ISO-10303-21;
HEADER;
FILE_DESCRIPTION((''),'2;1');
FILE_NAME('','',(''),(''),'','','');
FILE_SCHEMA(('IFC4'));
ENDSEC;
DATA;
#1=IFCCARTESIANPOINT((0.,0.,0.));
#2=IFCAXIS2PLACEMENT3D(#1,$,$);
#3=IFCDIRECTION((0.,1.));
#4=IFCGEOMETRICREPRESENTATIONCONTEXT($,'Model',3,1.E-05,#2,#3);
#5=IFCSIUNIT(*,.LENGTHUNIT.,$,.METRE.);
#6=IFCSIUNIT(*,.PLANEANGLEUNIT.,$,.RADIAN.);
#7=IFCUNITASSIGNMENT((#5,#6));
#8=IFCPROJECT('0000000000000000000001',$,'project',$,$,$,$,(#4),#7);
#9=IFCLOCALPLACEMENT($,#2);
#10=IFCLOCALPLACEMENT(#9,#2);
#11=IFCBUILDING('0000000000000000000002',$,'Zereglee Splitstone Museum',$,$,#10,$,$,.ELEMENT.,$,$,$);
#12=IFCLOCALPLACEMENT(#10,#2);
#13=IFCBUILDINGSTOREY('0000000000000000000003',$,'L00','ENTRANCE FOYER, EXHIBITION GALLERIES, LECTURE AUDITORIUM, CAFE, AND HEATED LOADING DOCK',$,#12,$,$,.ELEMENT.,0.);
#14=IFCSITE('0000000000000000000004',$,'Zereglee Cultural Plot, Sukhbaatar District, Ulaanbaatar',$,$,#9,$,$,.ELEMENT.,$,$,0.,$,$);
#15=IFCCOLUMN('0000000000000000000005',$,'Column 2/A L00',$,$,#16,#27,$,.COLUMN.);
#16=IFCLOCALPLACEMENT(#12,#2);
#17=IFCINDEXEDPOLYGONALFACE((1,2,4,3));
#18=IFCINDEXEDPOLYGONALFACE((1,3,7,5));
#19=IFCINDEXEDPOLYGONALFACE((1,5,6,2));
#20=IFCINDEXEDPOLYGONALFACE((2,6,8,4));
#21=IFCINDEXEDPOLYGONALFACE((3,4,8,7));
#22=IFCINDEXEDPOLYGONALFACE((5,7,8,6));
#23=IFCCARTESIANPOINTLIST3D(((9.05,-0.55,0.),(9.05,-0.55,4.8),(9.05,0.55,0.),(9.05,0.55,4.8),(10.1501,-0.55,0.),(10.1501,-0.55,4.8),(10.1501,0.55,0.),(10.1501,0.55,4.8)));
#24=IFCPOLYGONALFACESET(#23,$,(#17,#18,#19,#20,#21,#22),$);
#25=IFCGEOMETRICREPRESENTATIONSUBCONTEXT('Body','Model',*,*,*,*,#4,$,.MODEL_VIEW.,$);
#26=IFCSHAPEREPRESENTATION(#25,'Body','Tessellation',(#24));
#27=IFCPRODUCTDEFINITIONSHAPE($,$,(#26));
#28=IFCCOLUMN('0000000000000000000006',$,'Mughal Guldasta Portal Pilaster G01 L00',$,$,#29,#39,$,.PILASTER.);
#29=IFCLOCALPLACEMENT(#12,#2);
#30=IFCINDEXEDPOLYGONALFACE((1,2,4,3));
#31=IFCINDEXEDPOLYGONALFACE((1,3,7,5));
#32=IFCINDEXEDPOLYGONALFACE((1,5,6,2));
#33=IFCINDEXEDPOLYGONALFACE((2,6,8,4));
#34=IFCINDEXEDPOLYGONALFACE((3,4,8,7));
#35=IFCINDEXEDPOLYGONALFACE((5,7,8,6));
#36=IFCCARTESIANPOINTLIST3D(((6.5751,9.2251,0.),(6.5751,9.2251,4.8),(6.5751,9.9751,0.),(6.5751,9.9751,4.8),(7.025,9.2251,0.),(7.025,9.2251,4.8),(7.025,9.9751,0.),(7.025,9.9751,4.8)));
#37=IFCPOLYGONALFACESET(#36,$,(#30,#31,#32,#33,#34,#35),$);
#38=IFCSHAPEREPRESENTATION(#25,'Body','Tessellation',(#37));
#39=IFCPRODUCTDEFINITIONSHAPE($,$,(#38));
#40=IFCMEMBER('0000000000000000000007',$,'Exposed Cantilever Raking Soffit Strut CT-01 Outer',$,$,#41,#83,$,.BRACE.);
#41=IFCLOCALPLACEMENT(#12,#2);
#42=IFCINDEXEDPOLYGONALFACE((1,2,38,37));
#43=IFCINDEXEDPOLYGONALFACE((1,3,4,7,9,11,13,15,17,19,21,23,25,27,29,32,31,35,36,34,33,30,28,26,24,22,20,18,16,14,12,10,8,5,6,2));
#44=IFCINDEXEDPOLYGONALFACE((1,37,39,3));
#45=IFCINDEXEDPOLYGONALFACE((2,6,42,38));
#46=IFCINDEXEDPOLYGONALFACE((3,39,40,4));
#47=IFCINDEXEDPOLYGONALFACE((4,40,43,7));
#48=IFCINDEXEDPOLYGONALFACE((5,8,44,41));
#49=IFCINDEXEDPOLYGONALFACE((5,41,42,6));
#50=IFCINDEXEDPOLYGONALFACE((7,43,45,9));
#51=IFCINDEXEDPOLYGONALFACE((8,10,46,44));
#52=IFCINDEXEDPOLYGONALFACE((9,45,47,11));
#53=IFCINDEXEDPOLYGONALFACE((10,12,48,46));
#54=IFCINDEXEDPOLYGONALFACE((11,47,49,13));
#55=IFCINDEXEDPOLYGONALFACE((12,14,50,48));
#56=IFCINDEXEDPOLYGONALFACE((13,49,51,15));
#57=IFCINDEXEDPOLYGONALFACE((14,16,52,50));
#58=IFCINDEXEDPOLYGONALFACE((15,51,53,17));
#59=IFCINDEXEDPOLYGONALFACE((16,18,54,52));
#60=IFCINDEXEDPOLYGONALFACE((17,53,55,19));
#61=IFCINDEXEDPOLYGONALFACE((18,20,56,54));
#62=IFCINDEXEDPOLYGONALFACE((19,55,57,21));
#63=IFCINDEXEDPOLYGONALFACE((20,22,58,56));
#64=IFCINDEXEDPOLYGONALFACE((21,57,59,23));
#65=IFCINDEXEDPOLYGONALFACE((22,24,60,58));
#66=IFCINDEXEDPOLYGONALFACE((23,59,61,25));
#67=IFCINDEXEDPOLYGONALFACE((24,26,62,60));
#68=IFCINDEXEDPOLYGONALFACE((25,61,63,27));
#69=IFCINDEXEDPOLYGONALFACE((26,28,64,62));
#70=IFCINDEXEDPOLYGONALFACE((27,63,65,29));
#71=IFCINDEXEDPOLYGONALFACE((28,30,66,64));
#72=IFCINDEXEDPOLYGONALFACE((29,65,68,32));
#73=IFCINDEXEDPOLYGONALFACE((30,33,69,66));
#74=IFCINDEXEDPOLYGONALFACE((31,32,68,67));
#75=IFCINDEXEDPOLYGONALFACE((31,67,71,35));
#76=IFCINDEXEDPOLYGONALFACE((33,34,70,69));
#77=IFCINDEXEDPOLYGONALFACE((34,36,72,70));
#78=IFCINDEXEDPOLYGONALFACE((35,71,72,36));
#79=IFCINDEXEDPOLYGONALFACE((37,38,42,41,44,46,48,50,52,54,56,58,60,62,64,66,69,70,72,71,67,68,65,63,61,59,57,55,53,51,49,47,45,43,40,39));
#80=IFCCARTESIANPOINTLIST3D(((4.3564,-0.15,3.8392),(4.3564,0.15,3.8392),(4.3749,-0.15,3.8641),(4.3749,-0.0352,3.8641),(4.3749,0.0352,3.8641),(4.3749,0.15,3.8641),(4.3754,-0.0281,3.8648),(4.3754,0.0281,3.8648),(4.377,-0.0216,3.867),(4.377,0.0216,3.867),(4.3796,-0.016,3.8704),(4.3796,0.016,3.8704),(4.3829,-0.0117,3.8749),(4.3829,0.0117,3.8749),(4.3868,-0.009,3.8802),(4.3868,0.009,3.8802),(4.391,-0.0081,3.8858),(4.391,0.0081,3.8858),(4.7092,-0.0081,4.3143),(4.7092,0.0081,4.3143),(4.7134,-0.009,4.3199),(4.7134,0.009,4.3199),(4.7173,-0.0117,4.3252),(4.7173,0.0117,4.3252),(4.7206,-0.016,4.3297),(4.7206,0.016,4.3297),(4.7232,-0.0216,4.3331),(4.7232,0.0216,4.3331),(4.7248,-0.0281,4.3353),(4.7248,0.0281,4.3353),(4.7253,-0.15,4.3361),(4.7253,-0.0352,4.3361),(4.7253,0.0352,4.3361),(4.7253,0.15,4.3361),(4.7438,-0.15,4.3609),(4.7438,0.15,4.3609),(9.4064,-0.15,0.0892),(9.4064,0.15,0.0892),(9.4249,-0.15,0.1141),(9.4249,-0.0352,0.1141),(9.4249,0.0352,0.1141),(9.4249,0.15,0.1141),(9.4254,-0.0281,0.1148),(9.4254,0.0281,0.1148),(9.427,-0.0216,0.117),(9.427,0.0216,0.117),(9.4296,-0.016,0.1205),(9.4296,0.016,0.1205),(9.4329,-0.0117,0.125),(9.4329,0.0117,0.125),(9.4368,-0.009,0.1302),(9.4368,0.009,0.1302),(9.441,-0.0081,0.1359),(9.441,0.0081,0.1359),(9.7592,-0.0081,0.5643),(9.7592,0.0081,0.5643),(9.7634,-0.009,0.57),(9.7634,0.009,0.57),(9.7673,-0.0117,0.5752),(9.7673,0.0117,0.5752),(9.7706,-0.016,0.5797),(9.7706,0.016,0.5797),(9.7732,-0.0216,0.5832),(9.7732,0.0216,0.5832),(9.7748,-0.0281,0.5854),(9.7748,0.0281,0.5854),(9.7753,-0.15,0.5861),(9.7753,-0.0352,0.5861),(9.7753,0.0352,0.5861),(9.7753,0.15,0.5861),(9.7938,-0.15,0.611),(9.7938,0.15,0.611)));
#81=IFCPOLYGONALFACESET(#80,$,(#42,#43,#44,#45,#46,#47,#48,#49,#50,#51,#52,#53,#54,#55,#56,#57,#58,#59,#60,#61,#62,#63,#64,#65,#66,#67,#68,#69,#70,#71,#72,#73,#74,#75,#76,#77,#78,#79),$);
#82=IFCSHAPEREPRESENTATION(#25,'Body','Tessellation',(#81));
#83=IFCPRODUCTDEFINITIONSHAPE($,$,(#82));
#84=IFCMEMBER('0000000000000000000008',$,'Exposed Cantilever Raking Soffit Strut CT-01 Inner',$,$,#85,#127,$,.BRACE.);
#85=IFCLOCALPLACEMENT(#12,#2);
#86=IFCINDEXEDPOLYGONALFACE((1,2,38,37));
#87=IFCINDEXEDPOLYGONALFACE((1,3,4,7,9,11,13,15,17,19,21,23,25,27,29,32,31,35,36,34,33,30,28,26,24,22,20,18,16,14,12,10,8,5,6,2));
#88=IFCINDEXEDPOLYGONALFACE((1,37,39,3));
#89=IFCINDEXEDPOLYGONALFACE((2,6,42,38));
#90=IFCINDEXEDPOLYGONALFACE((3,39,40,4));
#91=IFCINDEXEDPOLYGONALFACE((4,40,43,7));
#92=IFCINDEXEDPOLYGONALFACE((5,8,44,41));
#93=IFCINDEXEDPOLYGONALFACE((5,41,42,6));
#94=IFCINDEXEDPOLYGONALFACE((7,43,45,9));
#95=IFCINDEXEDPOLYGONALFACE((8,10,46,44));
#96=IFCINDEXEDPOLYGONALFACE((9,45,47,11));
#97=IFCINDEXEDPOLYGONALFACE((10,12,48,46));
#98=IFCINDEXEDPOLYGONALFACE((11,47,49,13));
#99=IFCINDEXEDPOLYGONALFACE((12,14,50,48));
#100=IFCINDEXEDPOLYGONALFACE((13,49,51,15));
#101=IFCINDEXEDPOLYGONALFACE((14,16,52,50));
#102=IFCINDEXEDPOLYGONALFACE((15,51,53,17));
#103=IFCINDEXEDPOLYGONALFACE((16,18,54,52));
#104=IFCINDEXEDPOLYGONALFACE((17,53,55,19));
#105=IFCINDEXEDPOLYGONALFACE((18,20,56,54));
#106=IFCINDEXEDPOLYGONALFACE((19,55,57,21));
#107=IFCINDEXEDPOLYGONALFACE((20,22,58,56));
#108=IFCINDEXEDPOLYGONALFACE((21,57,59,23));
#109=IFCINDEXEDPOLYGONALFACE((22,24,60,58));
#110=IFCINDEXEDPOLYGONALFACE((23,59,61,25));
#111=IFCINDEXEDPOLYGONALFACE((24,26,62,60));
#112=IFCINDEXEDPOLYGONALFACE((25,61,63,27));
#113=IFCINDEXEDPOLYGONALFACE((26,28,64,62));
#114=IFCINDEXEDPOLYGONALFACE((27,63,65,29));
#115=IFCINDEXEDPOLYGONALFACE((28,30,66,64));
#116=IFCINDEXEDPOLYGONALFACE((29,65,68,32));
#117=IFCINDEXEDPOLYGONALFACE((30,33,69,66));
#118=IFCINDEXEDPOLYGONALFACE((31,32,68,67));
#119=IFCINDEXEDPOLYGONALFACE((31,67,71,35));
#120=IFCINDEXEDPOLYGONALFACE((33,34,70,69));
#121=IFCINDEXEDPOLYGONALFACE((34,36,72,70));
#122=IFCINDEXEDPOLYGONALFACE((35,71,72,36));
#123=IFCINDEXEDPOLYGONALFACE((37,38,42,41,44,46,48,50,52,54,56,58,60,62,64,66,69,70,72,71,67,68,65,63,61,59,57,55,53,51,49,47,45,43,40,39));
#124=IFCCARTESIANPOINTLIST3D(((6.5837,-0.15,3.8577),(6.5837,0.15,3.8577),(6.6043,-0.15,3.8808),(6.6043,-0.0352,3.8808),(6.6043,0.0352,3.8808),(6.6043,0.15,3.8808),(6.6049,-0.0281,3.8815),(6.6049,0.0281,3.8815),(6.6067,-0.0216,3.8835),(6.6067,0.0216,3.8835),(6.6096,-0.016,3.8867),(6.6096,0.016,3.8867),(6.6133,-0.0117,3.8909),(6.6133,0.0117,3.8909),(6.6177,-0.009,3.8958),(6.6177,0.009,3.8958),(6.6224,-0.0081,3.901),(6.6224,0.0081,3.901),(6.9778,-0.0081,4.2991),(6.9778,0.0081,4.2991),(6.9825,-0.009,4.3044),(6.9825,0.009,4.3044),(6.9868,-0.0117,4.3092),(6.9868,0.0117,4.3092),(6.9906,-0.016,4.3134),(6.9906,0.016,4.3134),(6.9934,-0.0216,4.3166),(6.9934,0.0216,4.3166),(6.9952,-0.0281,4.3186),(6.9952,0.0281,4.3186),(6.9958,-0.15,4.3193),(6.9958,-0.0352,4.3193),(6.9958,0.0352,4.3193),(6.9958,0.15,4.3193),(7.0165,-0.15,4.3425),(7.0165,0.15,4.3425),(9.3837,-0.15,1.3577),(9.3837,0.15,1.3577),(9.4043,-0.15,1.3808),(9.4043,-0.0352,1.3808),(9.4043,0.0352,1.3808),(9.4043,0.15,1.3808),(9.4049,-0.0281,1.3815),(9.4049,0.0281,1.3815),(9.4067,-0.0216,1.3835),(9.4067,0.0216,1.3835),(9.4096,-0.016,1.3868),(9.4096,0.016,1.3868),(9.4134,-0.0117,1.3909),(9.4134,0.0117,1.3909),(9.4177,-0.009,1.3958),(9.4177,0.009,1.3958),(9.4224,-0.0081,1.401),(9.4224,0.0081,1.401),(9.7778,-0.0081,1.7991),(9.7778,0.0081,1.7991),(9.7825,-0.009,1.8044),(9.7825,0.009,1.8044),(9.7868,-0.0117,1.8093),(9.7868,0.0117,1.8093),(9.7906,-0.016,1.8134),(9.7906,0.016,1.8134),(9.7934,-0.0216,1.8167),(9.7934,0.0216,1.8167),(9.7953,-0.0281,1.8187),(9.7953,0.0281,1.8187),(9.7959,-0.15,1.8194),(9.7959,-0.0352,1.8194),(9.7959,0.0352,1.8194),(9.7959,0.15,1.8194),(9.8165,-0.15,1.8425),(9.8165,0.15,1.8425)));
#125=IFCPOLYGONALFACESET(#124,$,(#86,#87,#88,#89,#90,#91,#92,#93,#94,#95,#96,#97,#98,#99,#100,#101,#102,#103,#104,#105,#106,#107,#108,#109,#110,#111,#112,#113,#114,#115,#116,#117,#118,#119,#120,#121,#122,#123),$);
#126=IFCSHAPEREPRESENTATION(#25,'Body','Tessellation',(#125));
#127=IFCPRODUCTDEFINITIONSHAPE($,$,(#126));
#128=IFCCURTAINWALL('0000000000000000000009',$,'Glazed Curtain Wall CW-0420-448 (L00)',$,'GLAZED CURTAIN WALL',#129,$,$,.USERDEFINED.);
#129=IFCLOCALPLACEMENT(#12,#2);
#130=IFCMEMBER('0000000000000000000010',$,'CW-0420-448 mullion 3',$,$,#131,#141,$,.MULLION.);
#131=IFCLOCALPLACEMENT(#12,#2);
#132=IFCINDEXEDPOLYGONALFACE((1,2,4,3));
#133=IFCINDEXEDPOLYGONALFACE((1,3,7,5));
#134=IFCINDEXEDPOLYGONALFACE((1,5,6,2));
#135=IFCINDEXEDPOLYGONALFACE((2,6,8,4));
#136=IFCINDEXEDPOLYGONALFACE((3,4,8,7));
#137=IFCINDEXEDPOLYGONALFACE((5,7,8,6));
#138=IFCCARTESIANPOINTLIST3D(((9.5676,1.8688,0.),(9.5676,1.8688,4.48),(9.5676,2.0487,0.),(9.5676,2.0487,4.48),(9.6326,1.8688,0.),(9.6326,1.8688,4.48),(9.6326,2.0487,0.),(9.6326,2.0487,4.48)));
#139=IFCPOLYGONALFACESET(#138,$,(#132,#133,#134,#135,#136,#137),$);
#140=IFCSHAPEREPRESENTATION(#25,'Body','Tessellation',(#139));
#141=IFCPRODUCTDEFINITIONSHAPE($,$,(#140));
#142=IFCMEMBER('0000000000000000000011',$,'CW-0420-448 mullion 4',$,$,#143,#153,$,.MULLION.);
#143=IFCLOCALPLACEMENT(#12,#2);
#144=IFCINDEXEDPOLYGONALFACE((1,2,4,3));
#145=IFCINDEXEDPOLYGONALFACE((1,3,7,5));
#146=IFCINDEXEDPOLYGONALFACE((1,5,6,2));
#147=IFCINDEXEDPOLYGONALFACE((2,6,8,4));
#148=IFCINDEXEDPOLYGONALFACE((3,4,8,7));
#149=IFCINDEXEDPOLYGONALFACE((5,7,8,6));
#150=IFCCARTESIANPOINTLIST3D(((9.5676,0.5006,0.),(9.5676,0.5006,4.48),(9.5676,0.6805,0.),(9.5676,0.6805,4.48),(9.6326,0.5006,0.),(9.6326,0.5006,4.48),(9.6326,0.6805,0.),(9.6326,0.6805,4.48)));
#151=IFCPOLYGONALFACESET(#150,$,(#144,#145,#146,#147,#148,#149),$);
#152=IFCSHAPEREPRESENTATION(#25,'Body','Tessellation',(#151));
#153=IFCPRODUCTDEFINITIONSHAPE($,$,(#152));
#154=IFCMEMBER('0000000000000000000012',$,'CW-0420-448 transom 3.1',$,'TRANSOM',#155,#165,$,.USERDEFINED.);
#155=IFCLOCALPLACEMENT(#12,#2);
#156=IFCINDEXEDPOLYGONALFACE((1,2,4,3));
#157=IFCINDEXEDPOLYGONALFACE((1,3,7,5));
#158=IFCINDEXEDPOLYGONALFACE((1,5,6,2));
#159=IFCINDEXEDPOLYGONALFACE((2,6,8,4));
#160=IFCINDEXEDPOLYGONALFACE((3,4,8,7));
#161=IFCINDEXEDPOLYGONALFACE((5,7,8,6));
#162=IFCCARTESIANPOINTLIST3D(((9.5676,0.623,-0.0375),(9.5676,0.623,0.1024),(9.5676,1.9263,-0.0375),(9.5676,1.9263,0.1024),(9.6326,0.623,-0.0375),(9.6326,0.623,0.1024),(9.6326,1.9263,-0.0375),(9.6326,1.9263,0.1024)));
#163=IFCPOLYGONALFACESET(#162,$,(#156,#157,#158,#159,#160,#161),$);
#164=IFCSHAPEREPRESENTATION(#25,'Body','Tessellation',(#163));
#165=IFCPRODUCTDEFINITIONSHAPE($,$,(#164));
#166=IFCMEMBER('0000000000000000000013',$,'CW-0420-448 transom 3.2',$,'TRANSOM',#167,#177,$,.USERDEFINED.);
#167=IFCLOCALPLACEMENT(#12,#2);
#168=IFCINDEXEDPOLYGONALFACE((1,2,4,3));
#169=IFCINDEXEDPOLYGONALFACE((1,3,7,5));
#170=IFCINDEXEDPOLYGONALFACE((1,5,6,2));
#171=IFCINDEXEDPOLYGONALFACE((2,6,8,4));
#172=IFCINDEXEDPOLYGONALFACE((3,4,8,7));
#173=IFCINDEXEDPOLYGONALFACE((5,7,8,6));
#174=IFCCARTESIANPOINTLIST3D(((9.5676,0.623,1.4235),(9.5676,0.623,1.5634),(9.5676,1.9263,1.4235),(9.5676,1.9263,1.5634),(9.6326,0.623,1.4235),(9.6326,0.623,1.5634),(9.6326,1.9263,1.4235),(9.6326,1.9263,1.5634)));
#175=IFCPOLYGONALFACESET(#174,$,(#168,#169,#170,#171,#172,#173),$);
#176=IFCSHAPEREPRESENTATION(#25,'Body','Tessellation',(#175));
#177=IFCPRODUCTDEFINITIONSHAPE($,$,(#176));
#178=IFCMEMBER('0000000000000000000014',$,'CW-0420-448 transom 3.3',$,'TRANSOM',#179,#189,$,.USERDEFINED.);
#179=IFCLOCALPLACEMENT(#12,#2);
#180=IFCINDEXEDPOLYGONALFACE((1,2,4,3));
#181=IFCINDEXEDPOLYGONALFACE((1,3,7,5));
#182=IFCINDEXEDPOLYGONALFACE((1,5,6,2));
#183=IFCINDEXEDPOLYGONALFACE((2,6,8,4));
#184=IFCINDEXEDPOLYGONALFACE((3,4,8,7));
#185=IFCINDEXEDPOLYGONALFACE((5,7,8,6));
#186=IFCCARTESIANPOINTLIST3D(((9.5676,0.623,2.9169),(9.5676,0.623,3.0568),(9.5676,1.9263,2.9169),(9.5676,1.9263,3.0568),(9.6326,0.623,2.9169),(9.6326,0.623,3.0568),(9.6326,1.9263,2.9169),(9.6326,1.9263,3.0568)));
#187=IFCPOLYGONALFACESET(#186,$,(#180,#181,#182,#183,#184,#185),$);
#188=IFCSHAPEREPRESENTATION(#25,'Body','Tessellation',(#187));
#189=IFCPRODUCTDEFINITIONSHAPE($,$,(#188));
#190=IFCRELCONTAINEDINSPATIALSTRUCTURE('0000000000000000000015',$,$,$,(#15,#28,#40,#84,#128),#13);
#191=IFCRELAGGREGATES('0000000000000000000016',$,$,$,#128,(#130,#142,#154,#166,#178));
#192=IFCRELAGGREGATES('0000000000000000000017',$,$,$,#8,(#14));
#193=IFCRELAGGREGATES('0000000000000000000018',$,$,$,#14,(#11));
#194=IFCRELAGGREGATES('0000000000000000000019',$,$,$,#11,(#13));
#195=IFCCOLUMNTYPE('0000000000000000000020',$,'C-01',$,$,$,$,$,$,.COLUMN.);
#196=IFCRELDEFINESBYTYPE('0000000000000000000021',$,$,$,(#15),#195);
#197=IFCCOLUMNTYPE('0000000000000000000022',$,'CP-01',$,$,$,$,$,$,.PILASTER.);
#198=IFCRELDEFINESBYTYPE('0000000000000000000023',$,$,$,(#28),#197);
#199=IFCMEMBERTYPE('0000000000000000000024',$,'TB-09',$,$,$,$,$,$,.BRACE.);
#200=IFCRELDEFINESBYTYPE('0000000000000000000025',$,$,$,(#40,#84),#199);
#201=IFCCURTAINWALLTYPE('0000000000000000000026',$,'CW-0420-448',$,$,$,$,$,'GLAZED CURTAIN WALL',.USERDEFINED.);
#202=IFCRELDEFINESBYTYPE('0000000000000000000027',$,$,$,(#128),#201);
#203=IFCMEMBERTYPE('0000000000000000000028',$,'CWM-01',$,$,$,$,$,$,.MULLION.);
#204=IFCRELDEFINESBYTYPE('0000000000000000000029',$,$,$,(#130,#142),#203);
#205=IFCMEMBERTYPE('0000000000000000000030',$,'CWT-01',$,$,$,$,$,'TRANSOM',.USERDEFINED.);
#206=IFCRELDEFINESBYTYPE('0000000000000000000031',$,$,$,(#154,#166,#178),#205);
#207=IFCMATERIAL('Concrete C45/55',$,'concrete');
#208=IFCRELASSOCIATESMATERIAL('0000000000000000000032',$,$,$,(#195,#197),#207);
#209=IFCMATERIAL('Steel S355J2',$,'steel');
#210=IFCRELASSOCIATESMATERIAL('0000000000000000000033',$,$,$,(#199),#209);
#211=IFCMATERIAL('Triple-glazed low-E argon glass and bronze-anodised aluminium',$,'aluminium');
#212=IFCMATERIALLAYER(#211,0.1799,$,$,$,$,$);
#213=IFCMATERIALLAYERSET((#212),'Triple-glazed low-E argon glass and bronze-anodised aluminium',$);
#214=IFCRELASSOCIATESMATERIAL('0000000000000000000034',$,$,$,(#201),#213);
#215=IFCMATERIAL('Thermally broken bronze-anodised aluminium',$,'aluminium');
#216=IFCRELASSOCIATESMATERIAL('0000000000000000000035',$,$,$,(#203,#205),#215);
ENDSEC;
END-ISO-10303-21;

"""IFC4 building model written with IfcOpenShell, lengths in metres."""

from ifc_helpers import new_model, si_unit, direction, frame, origin, origin_2d, place, context, subcontext, project, spatial, rectangle, i_section, extrude, material, layer, layer_set, material_profile, profile_set, type_object, element, aggregate, save


model = new_model("IFC4")

# Units and contexts
model_context = context("Model", 3, precision=1e-05, world=origin(), true_north=direction((0.0, 1.0)))
body_context = subcontext(model_context, "Body", "Model", "MODEL_VIEW")
ifc_project = project(units=[si_unit("LENGTHUNIT", "METRE"), si_unit("PLANEANGLEUNIT", "RADIAN")], contexts=[model_context])

# Site, building, storey
site_placement = place(None, origin())
site = spatial("IfcSite", under=ifc_project, at=site_placement, Name="Zereglee Cultural Plot, Sukhbaatar District, Ulaanbaatar", CompositionType="ELEMENT", RefElevation=0.0)
building_placement = place(site_placement, origin())
building = spatial("IfcBuilding", under=site, at=building_placement, Name="Zereglee Splitstone Museum", CompositionType="ELEMENT")
storey_placement = place(building_placement, origin())
storey = spatial("IfcBuildingStorey", under=building, at=storey_placement, Name="L00", Description="ENTRANCE FOYER, EXHIBITION GALLERIES, LECTURE AUDITORIUM, CAFE, AND HEATED LOADING DOCK", CompositionType="ELEMENT", Elevation=0.0)

# Columns
ifc_material_1 = material(Name="Concrete C45/55", Category="concrete")
ifc_material_profile_1 = material_profile(ifc_material_1, rectangle(XDim=1.1001, YDim=1.1001, at=origin_2d()), Name="RC 1100x1100")
ifc_profile_set_1 = profile_set([ifc_material_profile_1], Name="Concrete C45/55")
column_type_1 = type_object("IfcColumnType", Name="C-01", PredefinedType="COLUMN", material=ifc_profile_set_1)
column_1_placement = place(storey_placement, frame((9.6001, 0.0, 0.0), z_axis=(0.0, 0.0, 1.0), x_axis=(1.0, 0.0, 0.0)))
element("IfcColumn", 1, at=column_1_placement, inside=storey, type_object=column_type_1, Name="Column 2/A L00", PredefinedType="COLUMN", context=body_context, shape_type="SweptSolid", body=[
    extrude(rectangle(XDim=1.1001, YDim=1.1001, at=origin_2d()), origin(), (0.0, 0.0, 1.0), 4.8),
])
ifc_material_profile_2 = material_profile(ifc_material_1, rectangle(XDim=0.45, YDim=0.75, at=origin_2d()), Name="RC 450x750")
ifc_profile_set_2 = profile_set([ifc_material_profile_2], Name="Concrete C45/55")
column_type_2 = type_object("IfcColumnType", Name="CP-01", PredefinedType="PILASTER", material=ifc_profile_set_2)
column_2_placement = place(storey_placement, frame((6.8, 9.6001, 0.0), z_axis=(0.0, 0.0, 1.0), x_axis=(1.0, 0.0, 0.0)))
element("IfcColumn", 2, at=column_2_placement, inside=storey, type_object=column_type_2, Name="Mughal Guldasta Portal Pilaster G01 L00", PredefinedType="PILASTER", context=body_context, shape_type="SweptSolid", body=[
    extrude(rectangle(XDim=0.45, YDim=0.75, at=origin_2d()), origin(), (0.0, 0.0, 1.0), 4.8),
])

# Members
ifc_material_2 = material(Name="Steel S355J2", Category="steel")
ifc_material_profile_3 = material_profile(ifc_material_2, i_section(OverallWidth=0.3, OverallDepth=0.6499, WebThickness=0.0161, FlangeThickness=0.031, FilletRadius=0.0271, at=origin_2d()), Name="HE 650 B")
ifc_profile_set_3 = profile_set([ifc_material_profile_3], Name="Steel S355J2")
member_type_1 = type_object("IfcMemberType", Name="TB-09", PredefinedType="BRACE", material=ifc_profile_set_3)
member_1_placement = place(storey_placement, frame((9.6001, 0.0, 0.3501), z_axis=(-0.802855, 0.0, 0.596174), x_axis=(0.0, -1.0, 0.0)))
element("IfcMember", 3, at=member_1_placement, inside=storey, type_object=member_type_1, Name="Exposed Cantilever Raking Soffit Strut CT-01 Outer", PredefinedType="BRACE", context=body_context, shape_type="SweptSolid", body=[
    extrude(i_section(OverallWidth=0.3, OverallDepth=0.6499, WebThickness=0.0161, FlangeThickness=0.031, FilletRadius=0.0271, at=origin_2d()), origin(), (0.0, 0.0, 1.0), 6.29),
])
member_2_placement = place(storey_placement, frame((9.6001, 0.0, 1.6001), z_axis=(-0.745943, 0.0, 0.666009), x_axis=(0.0, -1.0, 0.0)))
element("IfcMember", 4, at=member_2_placement, inside=storey, type_object=member_type_1, Name="Exposed Cantilever Raking Soffit Strut CT-01 Inner", PredefinedType="BRACE", context=body_context, shape_type="SweptSolid", body=[
    extrude(i_section(OverallWidth=0.3, OverallDepth=0.6499, WebThickness=0.0161, FlangeThickness=0.031, FilletRadius=0.0271, at=origin_2d()), origin(), (0.0, 0.0, 1.0), 3.7537),
])

# Curtain wall, members
ifc_material_3 = material(Name="Triple-glazed low-E argon glass and bronze-anodised aluminium", Category="aluminium")
ifc_layer_1 = layer(ifc_material_3, 0.1799)
ifc_layer_set_1 = layer_set([ifc_layer_1], Name="Triple-glazed low-E argon glass and bronze-anodised aluminium")
curtain_wall_type = type_object("IfcCurtainWallType", Name="CW-0420-448", ElementType="GLAZED CURTAIN WALL", PredefinedType="USERDEFINED", material=ifc_layer_set_1)
curtain_wall_placement = place(storey_placement, origin())
curtain_wall = element("IfcCurtainWall", 5, at=curtain_wall_placement, inside=storey, type_object=curtain_wall_type, Name="Glazed Curtain Wall CW-0420-448 (L00)", ObjectType="GLAZED CURTAIN WALL", PredefinedType="USERDEFINED")
ifc_material_4 = material(Name="Thermally broken bronze-anodised aluminium", Category="aluminium")
ifc_material_profile_4 = material_profile(ifc_material_4, rectangle(XDim=0.0649, YDim=0.1799, at=origin_2d()), Name="CW MULL 65x180")
ifc_profile_set_4 = profile_set([ifc_material_profile_4], Name="Thermally broken bronze-anodised aluminium")
member_type_2 = type_object("IfcMemberType", Name="CWM-01", PredefinedType="MULLION", material=ifc_profile_set_4)
member_3_placement = place(storey_placement, frame((9.6001, 1.9587, 0.0), z_axis=(0.0, 0.0, 1.0), x_axis=(1.0, 0.0, 0.0)))
member_3 = element("IfcMember", 6, at=member_3_placement, type_object=member_type_2, Name="CW-0420-448 mullion 3", PredefinedType="MULLION", context=body_context, shape_type="SweptSolid", body=[
    extrude(rectangle(XDim=0.0649, YDim=0.1799, at=origin_2d()), origin(), (0.0, 0.0, 1.0), 4.48),
])
member_4_placement = place(storey_placement, frame((9.6001, 0.5906, 0.0), z_axis=(0.0, 0.0, 1.0), x_axis=(1.0, 0.0, 0.0)))
member_4 = element("IfcMember", 7, at=member_4_placement, type_object=member_type_2, Name="CW-0420-448 mullion 4", PredefinedType="MULLION", context=body_context, shape_type="SweptSolid", body=[
    extrude(rectangle(XDim=0.0649, YDim=0.1799, at=origin_2d()), origin(), (0.0, 0.0, 1.0), 4.48),
])
ifc_material_profile_5 = material_profile(ifc_material_4, rectangle(XDim=0.0649, YDim=0.1399, at=origin_2d()), Name="CW TRAN 65x140")
ifc_profile_set_5 = profile_set([ifc_material_profile_5], Name="Thermally broken bronze-anodised aluminium")
member_type_3 = type_object("IfcMemberType", Name="CWT-01", ElementType="TRANSOM", PredefinedType="USERDEFINED", material=ifc_profile_set_5)
member_5_placement = place(storey_placement, frame((9.6001, 1.9263, 0.0325), z_axis=(0.0, -1.0, 0.0), x_axis=(1.0, 0.0, 0.0)))
member_5 = element("IfcMember", 8, at=member_5_placement, type_object=member_type_3, Name="CW-0420-448 transom 3.1", ObjectType="TRANSOM", PredefinedType="USERDEFINED", context=body_context, shape_type="SweptSolid", body=[
    extrude(rectangle(XDim=0.0649, YDim=0.1399, at=origin_2d()), origin(), (0.0, 0.0, 1.0), 1.3032),
])
member_6_placement = place(storey_placement, frame((9.6001, 1.9263, 1.4934), z_axis=(0.0, -1.0, 0.0), x_axis=(1.0, 0.0, 0.0)))
member_6 = element("IfcMember", 9, at=member_6_placement, type_object=member_type_3, Name="CW-0420-448 transom 3.2", ObjectType="TRANSOM", PredefinedType="USERDEFINED", context=body_context, shape_type="SweptSolid", body=[
    extrude(rectangle(XDim=0.0649, YDim=0.1399, at=origin_2d()), origin(), (0.0, 0.0, 1.0), 1.3032),
])
member_7_placement = place(storey_placement, frame((9.6001, 1.9263, 2.9868), z_axis=(0.0, -1.0, 0.0), x_axis=(1.0, 0.0, 0.0)))
member_7 = element("IfcMember", 10, at=member_7_placement, type_object=member_type_3, Name="CW-0420-448 transom 3.3", ObjectType="TRANSOM", PredefinedType="USERDEFINED", context=body_context, shape_type="SweptSolid", body=[
    extrude(rectangle(XDim=0.0649, YDim=0.1399, at=origin_2d()), origin(), (0.0, 0.0, 1.0), 1.3032),
])

aggregate(curtain_wall, [member_3, member_4, member_5, member_6, member_7])

save(model, "model.ifc")
